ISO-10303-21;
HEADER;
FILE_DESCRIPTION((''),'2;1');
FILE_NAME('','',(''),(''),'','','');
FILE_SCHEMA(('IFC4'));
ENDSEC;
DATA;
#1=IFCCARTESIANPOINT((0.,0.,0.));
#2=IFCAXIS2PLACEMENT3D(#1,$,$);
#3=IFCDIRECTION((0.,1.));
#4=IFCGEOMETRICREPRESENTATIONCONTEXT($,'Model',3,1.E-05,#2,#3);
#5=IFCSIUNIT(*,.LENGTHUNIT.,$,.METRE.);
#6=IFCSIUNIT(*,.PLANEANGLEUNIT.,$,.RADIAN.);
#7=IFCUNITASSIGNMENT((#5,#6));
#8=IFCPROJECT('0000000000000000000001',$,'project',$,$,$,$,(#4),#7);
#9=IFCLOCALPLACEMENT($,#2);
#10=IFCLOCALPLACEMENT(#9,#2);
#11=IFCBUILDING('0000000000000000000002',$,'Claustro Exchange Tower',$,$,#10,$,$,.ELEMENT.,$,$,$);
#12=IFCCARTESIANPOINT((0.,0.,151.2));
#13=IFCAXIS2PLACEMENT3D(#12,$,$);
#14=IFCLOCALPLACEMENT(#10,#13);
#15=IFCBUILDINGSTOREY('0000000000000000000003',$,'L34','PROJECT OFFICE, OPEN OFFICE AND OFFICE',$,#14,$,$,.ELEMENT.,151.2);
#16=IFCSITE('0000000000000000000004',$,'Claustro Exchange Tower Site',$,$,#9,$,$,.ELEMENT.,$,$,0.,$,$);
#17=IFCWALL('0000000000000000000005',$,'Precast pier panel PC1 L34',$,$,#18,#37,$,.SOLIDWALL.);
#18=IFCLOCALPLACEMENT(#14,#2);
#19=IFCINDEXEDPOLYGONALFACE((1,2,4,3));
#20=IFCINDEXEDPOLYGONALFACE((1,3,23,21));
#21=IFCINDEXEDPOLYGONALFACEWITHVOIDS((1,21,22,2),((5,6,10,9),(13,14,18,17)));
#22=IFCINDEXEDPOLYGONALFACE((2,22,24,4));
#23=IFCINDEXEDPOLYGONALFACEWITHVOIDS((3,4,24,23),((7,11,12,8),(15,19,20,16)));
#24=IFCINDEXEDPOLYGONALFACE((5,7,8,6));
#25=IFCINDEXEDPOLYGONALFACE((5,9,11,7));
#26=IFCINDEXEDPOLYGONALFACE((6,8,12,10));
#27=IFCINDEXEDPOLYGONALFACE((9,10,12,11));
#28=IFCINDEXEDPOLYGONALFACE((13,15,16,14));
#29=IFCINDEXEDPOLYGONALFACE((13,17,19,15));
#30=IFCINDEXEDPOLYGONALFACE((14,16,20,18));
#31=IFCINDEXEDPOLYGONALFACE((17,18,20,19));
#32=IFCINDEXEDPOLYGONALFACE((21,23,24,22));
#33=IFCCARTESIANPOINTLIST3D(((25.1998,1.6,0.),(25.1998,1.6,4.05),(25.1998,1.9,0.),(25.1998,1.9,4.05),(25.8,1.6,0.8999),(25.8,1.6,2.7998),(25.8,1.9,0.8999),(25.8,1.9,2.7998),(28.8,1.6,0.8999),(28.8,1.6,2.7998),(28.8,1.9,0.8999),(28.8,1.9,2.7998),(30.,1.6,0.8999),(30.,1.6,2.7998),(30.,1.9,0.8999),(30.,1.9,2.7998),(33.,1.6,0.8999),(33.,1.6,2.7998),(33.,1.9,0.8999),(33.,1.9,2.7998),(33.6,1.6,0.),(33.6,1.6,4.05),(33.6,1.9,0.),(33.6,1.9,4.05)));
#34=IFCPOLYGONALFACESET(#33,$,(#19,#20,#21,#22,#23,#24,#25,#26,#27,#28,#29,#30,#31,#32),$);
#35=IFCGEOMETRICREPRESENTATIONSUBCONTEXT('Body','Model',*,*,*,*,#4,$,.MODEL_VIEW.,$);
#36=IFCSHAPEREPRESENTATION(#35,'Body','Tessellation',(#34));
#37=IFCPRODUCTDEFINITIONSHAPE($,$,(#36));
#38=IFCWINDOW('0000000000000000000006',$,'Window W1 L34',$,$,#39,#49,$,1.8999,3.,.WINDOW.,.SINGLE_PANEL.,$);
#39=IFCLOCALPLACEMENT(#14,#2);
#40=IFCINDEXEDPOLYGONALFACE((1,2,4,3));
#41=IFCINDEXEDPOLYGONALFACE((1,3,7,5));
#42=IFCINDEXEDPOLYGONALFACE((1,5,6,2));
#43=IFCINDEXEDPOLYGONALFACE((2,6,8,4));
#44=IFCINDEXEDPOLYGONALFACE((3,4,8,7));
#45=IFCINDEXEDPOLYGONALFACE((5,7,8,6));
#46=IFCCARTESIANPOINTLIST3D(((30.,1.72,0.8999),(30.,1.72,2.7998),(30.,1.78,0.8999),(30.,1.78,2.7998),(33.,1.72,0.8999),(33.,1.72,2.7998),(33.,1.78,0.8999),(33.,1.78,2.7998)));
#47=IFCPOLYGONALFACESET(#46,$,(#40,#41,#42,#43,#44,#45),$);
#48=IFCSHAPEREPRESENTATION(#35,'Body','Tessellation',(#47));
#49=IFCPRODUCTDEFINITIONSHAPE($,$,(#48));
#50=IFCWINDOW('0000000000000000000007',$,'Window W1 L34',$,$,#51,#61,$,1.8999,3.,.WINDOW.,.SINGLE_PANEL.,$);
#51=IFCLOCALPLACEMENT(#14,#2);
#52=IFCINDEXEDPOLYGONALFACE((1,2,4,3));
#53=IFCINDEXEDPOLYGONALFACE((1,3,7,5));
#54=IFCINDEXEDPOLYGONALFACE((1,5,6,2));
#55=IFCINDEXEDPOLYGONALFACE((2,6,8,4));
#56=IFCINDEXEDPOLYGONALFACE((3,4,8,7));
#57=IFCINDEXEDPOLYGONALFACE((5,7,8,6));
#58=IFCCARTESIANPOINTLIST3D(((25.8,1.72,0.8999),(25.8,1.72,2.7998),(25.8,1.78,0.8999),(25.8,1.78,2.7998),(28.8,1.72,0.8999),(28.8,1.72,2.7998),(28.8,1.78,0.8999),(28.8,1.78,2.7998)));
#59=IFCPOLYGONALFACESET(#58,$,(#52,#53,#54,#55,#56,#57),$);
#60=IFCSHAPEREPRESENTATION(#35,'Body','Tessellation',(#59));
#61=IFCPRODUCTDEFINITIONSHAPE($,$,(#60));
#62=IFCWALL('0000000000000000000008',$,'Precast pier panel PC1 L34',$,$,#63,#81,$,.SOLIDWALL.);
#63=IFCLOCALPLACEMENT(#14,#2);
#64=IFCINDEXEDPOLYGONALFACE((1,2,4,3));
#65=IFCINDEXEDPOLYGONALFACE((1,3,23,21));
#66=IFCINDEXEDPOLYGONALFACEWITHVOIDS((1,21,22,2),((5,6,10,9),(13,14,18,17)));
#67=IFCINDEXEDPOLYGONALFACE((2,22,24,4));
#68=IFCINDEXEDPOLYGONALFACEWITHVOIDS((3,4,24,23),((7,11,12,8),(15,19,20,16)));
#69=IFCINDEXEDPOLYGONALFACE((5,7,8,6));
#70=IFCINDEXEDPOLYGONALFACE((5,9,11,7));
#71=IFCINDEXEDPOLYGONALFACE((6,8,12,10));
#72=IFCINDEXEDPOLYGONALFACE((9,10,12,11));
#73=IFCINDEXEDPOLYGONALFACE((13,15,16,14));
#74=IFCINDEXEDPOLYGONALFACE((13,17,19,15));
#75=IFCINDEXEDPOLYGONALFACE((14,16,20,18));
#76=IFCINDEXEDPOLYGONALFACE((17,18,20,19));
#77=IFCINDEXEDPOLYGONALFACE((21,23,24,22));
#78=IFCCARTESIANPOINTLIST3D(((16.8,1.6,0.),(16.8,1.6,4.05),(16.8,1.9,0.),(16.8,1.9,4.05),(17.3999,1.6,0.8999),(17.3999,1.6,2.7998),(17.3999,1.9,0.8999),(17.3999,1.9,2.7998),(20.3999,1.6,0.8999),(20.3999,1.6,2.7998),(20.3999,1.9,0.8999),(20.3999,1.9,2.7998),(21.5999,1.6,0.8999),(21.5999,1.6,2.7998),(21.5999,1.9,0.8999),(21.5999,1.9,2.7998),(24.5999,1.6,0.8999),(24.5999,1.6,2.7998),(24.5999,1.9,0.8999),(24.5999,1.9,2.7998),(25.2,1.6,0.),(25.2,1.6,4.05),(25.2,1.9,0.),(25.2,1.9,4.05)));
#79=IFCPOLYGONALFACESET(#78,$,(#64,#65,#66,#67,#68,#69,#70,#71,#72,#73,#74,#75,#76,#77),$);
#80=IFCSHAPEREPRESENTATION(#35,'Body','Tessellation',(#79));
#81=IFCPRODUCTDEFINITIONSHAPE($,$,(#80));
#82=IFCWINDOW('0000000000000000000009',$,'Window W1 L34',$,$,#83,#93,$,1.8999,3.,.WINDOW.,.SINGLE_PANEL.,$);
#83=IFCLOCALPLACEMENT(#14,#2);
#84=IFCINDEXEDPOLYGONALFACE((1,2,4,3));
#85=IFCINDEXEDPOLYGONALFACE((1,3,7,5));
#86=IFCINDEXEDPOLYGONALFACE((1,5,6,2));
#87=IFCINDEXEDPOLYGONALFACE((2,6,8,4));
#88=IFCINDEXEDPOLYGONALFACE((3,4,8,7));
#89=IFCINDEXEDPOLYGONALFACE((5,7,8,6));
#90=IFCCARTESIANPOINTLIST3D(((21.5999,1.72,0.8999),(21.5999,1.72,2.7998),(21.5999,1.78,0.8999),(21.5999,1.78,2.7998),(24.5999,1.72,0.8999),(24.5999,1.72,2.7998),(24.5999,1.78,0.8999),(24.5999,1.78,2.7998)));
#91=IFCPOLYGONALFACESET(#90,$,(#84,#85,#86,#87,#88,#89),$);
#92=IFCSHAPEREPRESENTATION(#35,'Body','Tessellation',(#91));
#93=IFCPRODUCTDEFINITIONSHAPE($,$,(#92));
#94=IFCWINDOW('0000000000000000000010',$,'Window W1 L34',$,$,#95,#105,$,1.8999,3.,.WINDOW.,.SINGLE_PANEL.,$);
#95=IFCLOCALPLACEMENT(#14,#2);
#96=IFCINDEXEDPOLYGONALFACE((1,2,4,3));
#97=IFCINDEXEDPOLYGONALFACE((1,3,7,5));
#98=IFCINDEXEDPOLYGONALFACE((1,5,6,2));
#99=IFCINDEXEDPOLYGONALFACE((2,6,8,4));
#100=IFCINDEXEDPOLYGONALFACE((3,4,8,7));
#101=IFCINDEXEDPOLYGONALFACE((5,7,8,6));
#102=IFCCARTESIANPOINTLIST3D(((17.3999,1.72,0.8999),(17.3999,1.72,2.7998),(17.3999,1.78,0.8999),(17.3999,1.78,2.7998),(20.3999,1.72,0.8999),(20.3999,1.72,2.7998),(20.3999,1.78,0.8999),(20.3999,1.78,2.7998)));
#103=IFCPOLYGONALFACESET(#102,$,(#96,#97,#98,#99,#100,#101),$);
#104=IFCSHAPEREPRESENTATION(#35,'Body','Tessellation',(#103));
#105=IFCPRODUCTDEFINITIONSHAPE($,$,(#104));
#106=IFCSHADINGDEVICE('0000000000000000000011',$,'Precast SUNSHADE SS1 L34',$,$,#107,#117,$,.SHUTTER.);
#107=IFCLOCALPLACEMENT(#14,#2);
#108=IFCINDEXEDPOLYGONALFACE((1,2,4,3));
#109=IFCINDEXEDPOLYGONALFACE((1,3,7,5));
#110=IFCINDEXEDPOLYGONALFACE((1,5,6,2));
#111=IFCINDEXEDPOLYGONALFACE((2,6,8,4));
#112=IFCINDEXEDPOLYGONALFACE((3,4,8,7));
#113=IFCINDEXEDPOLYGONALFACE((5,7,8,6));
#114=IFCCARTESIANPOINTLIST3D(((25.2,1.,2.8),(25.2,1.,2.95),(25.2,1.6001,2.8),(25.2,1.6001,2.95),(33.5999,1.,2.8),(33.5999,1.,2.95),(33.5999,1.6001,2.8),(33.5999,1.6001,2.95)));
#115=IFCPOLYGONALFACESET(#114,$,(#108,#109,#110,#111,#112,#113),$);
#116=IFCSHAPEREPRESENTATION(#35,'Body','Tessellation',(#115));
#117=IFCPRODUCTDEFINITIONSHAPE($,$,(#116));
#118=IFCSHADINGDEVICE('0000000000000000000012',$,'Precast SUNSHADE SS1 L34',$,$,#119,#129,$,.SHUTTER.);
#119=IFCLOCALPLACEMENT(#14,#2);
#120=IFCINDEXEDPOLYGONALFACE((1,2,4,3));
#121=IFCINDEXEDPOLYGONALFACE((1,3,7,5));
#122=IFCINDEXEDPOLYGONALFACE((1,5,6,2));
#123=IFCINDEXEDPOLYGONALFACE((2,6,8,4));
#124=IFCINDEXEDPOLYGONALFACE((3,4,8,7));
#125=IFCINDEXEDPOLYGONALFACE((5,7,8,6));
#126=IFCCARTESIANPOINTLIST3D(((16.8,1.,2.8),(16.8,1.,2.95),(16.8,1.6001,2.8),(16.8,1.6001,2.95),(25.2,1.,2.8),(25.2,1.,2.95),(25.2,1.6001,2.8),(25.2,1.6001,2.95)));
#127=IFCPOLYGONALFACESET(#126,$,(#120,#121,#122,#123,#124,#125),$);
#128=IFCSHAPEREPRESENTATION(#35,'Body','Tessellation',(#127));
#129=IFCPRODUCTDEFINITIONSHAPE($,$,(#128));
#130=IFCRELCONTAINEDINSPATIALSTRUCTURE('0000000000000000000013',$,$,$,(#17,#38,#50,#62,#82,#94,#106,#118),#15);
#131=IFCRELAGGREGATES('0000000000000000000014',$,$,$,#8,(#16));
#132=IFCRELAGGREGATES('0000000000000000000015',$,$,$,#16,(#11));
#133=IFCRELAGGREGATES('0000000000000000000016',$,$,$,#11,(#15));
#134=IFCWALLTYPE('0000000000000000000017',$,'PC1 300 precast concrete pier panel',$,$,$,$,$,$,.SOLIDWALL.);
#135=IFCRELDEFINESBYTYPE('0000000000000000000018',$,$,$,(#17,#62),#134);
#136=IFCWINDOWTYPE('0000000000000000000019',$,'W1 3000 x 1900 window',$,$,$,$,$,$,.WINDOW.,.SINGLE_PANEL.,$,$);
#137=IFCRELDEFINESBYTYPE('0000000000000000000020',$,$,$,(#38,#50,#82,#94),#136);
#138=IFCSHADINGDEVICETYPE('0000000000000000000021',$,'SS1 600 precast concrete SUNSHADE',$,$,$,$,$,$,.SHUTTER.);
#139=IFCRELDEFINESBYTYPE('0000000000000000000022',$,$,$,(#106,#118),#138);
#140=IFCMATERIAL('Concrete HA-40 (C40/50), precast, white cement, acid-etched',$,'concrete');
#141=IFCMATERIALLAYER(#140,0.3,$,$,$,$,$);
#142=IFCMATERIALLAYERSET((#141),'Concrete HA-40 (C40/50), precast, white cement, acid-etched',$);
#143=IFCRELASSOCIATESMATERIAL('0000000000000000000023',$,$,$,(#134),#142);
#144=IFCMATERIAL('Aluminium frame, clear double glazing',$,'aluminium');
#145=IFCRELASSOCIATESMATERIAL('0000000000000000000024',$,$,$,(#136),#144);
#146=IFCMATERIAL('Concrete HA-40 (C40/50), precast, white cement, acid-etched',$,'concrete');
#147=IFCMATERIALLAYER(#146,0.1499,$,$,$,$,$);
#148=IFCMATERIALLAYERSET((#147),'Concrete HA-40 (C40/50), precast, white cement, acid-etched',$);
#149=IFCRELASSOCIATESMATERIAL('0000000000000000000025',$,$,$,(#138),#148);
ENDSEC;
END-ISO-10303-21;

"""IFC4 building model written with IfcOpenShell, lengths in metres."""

from ifc_helpers import new_model, si_unit, direction, frame, frame_2d, origin, origin_2d, place, context, subcontext, project, spatial, rectangle, extrude, material, layer, layer_set, type_object, element, fill, save


model = new_model("IFC4")

# Units and contexts
model_context = context("Model", 3, precision=1e-05, world=origin(), true_north=direction((0.0, 1.0)))
body_context = subcontext(model_context, "Body", "Model", "MODEL_VIEW")
ifc_project = project(units=[si_unit("LENGTHUNIT", "METRE"), si_unit("PLANEANGLEUNIT", "RADIAN")], contexts=[model_context])

# Site, building, storey
site_placement = place(None, origin())
site = spatial("IfcSite", under=ifc_project, at=site_placement, Name="Claustro Exchange Tower Site", CompositionType="ELEMENT", RefElevation=0.0)
building_placement = place(site_placement, origin())
building = spatial("IfcBuilding", under=site, at=building_placement, Name="Claustro Exchange Tower", CompositionType="ELEMENT")
storey_placement = place(building_placement, frame((0.0, 0.0, 151.2)))
storey = spatial("IfcBuildingStorey", under=building, at=storey_placement, Name="L34", Description="PROJECT OFFICE, OPEN OFFICE AND OFFICE", CompositionType="ELEMENT", Elevation=151.2)

# Walls, openings, windows
ifc_material_1 = material(Name="Concrete HA-40 (C40/50), precast, white cement, acid-etched", Category="concrete")
ifc_layer_1 = layer(ifc_material_1, 0.3)
ifc_layer_set_1 = layer_set([ifc_layer_1], Name="Concrete HA-40 (C40/50), precast, white cement, acid-etched")
wall_type_1 = type_object("IfcWallType", Name="PC1 300 precast concrete pier panel", PredefinedType="SOLIDWALL", material=ifc_layer_set_1)
wall_1_placement = place(storey_placement, frame((33.6001, 1.75, 0.0), z_axis=(0.0, 0.0, 1.0), x_axis=(-1.0, 0.0, 0.0)))
wall_1 = element("IfcWall", 1, at=wall_1_placement, inside=storey, type_object=wall_type_1, Name="Precast pier panel PC1 L34", PredefinedType="SOLIDWALL", context=body_context, shape_type="SweptSolid", body=[
    extrude(rectangle(XDim=8.4001, YDim=0.3, at=frame_2d((4.2002, 0.0))), origin(), (0.0, 0.0, 1.0), 4.05),
])
opening_1_placement = place(wall_1_placement, frame((0.6001, 0.0, 0.8999)))
opening_1 = element("IfcOpeningElement", 2, at=opening_1_placement, cuts=wall_1, PredefinedType="OPENING", context=body_context, shape_type="SweptSolid", body=[
    extrude(rectangle(XDim=3.0, YDim=1.8999, at=frame_2d((1.5, 0.95))), frame((0.0, 0.1599, 0.0), z_axis=(0.0, -1.0, 0.0), x_axis=(1.0, 0.0, 0.0)), (0.0, 0.0, 1.0), 0.3201),
])
opening_2_placement = place(wall_1_placement, frame((4.8, 0.0, 0.8999)))
opening_2 = element("IfcOpeningElement", 3, at=opening_2_placement, cuts=wall_1, PredefinedType="OPENING", context=body_context, shape_type="SweptSolid", body=[
    extrude(rectangle(XDim=3.0, YDim=1.8999, at=frame_2d((1.5, 0.95))), frame((0.0, 0.1599, 0.0), z_axis=(0.0, -1.0, 0.0), x_axis=(1.0, 0.0, 0.0)), (0.0, 0.0, 1.0), 0.3201),
])
ifc_material_2 = material(Name="Aluminium frame, clear double glazing", Category="aluminium")
window_type = type_object("IfcWindowType", Name="W1 3000 x 1900 window", PartitioningType="SINGLE_PANEL", PredefinedType="WINDOW", material=ifc_material_2)
window_1_placement = place(opening_1_placement, origin())
window_1 = element("IfcWindow", 4, at=window_1_placement, inside=storey, type_object=window_type, Name="Window W1 L34", OverallHeight=1.8999, OverallWidth=3.0, PartitioningType="SINGLE_PANEL", PredefinedType="WINDOW", context=body_context, shape_type="SweptSolid", body=[
    extrude(rectangle(XDim=3.0, YDim=1.8999, at=frame_2d((1.5, 0.95))), frame((0.0, 0.03, 0.0), z_axis=(0.0, -1.0, 0.0), x_axis=(1.0, 0.0, 0.0)), (0.0, 0.0, 1.0), 0.0601),
])
fill(opening_1, window_1)
window_2_placement = place(opening_2_placement, origin())
window_2 = element("IfcWindow", 5, at=window_2_placement, inside=storey, type_object=window_type, Name="Window W1 L34", OverallHeight=1.8999, OverallWidth=3.0, PartitioningType="SINGLE_PANEL", PredefinedType="WINDOW", context=body_context, shape_type="SweptSolid", body=[
    extrude(rectangle(XDim=3.0, YDim=1.8999, at=frame_2d((1.5, 0.95))), frame((0.0, 0.03, 0.0), z_axis=(0.0, -1.0, 0.0), x_axis=(1.0, 0.0, 0.0)), (0.0, 0.0, 1.0), 0.0601),
])
fill(opening_2, window_2)
wall_2_placement = place(storey_placement, frame((25.2, 1.75, 0.0), z_axis=(0.0, 0.0, 1.0), x_axis=(-1.0, 0.0, 0.0)))
wall_2 = element("IfcWall", 6, at=wall_2_placement, inside=storey, type_object=wall_type_1, Name="Precast pier panel PC1 L34", PredefinedType="SOLIDWALL", context=body_context, shape_type="SweptSolid", body=[
    extrude(rectangle(XDim=8.3999, YDim=0.3, at=frame_2d((4.2, 0.0))), origin(), (0.0, 0.0, 1.0), 4.05),
])
opening_3_placement = place(wall_2_placement, frame((0.6001, 0.0, 0.8999)))
opening_3 = element("IfcOpeningElement", 7, at=opening_3_placement, cuts=wall_2, PredefinedType="OPENING", context=body_context, shape_type="SweptSolid", body=[
    extrude(rectangle(XDim=3.0, YDim=1.8999, at=frame_2d((1.5, 0.95))), frame((0.0, 0.1599, 0.0), z_axis=(0.0, -1.0, 0.0), x_axis=(1.0, 0.0, 0.0)), (0.0, 0.0, 1.0), 0.3201),
])
opening_4_placement = place(wall_2_placement, frame((4.8, 0.0, 0.8999)))
opening_4 = element("IfcOpeningElement", 8, at=opening_4_placement, cuts=wall_2, PredefinedType="OPENING", context=body_context, shape_type="SweptSolid", body=[
    extrude(rectangle(XDim=3.0, YDim=1.8999, at=frame_2d((1.5, 0.95))), frame((0.0, 0.1599, 0.0), z_axis=(0.0, -1.0, 0.0), x_axis=(1.0, 0.0, 0.0)), (0.0, 0.0, 1.0), 0.3201),
])
window_3_placement = place(opening_3_placement, origin())
window_3 = element("IfcWindow", 9, at=window_3_placement, inside=storey, type_object=window_type, Name="Window W1 L34", OverallHeight=1.8999, OverallWidth=3.0, PartitioningType="SINGLE_PANEL", PredefinedType="WINDOW", context=body_context, shape_type="SweptSolid", body=[
    extrude(rectangle(XDim=3.0, YDim=1.8999, at=frame_2d((1.5, 0.95))), frame((0.0, 0.03, 0.0), z_axis=(0.0, -1.0, 0.0), x_axis=(1.0, 0.0, 0.0)), (0.0, 0.0, 1.0), 0.0601),
])
fill(opening_3, window_3)
window_4_placement = place(opening_4_placement, origin())
window_4 = element("IfcWindow", 10, at=window_4_placement, inside=storey, type_object=window_type, Name="Window W1 L34", OverallHeight=1.8999, OverallWidth=3.0, PartitioningType="SINGLE_PANEL", PredefinedType="WINDOW", context=body_context, shape_type="SweptSolid", body=[
    extrude(rectangle(XDim=3.0, YDim=1.8999, at=frame_2d((1.5, 0.95))), frame((0.0, 0.03, 0.0), z_axis=(0.0, -1.0, 0.0), x_axis=(1.0, 0.0, 0.0)), (0.0, 0.0, 1.0), 0.0601),
])
fill(opening_4, window_4)

# Shading devices
ifc_material_3 = material(Name="Concrete HA-40 (C40/50), precast, white cement, acid-etched", Category="concrete")
ifc_layer_2 = layer(ifc_material_3, 0.1499)
ifc_layer_set_2 = layer_set([ifc_layer_2], Name="Concrete HA-40 (C40/50), precast, white cement, acid-etched")
shading_device_type = type_object("IfcShadingDeviceType", Name="SS1 600 precast concrete SUNSHADE", PredefinedType="SHUTTER", material=ifc_layer_set_2)
for number, where, z_axis, x_axis, name in (
    (11, (29.3999, 1.3, 2.8), (0.0, 0.0, 1.0), (-1.0, 0.0, 0.0), "Precast SUNSHADE SS1 L34"),
    (12, (21.0, 1.3, 2.8), (0.0, 0.0, 1.0), (-1.0, 0.0, 0.0), "Precast SUNSHADE SS1 L34"),
):
    element("IfcShadingDevice", number, at=place(storey_placement, frame(where, z_axis=z_axis, x_axis=x_axis)), inside=storey, type_object=shading_device_type, Name=name, PredefinedType="SHUTTER", context=body_context, shape_type="SweptSolid", body=[
        extrude(rectangle(XDim=8.3999, YDim=0.6001, at=origin_2d()), origin(), (0.0, 0.0, 1.0), 0.1499),
    ])

save(model, "model.ifc")
